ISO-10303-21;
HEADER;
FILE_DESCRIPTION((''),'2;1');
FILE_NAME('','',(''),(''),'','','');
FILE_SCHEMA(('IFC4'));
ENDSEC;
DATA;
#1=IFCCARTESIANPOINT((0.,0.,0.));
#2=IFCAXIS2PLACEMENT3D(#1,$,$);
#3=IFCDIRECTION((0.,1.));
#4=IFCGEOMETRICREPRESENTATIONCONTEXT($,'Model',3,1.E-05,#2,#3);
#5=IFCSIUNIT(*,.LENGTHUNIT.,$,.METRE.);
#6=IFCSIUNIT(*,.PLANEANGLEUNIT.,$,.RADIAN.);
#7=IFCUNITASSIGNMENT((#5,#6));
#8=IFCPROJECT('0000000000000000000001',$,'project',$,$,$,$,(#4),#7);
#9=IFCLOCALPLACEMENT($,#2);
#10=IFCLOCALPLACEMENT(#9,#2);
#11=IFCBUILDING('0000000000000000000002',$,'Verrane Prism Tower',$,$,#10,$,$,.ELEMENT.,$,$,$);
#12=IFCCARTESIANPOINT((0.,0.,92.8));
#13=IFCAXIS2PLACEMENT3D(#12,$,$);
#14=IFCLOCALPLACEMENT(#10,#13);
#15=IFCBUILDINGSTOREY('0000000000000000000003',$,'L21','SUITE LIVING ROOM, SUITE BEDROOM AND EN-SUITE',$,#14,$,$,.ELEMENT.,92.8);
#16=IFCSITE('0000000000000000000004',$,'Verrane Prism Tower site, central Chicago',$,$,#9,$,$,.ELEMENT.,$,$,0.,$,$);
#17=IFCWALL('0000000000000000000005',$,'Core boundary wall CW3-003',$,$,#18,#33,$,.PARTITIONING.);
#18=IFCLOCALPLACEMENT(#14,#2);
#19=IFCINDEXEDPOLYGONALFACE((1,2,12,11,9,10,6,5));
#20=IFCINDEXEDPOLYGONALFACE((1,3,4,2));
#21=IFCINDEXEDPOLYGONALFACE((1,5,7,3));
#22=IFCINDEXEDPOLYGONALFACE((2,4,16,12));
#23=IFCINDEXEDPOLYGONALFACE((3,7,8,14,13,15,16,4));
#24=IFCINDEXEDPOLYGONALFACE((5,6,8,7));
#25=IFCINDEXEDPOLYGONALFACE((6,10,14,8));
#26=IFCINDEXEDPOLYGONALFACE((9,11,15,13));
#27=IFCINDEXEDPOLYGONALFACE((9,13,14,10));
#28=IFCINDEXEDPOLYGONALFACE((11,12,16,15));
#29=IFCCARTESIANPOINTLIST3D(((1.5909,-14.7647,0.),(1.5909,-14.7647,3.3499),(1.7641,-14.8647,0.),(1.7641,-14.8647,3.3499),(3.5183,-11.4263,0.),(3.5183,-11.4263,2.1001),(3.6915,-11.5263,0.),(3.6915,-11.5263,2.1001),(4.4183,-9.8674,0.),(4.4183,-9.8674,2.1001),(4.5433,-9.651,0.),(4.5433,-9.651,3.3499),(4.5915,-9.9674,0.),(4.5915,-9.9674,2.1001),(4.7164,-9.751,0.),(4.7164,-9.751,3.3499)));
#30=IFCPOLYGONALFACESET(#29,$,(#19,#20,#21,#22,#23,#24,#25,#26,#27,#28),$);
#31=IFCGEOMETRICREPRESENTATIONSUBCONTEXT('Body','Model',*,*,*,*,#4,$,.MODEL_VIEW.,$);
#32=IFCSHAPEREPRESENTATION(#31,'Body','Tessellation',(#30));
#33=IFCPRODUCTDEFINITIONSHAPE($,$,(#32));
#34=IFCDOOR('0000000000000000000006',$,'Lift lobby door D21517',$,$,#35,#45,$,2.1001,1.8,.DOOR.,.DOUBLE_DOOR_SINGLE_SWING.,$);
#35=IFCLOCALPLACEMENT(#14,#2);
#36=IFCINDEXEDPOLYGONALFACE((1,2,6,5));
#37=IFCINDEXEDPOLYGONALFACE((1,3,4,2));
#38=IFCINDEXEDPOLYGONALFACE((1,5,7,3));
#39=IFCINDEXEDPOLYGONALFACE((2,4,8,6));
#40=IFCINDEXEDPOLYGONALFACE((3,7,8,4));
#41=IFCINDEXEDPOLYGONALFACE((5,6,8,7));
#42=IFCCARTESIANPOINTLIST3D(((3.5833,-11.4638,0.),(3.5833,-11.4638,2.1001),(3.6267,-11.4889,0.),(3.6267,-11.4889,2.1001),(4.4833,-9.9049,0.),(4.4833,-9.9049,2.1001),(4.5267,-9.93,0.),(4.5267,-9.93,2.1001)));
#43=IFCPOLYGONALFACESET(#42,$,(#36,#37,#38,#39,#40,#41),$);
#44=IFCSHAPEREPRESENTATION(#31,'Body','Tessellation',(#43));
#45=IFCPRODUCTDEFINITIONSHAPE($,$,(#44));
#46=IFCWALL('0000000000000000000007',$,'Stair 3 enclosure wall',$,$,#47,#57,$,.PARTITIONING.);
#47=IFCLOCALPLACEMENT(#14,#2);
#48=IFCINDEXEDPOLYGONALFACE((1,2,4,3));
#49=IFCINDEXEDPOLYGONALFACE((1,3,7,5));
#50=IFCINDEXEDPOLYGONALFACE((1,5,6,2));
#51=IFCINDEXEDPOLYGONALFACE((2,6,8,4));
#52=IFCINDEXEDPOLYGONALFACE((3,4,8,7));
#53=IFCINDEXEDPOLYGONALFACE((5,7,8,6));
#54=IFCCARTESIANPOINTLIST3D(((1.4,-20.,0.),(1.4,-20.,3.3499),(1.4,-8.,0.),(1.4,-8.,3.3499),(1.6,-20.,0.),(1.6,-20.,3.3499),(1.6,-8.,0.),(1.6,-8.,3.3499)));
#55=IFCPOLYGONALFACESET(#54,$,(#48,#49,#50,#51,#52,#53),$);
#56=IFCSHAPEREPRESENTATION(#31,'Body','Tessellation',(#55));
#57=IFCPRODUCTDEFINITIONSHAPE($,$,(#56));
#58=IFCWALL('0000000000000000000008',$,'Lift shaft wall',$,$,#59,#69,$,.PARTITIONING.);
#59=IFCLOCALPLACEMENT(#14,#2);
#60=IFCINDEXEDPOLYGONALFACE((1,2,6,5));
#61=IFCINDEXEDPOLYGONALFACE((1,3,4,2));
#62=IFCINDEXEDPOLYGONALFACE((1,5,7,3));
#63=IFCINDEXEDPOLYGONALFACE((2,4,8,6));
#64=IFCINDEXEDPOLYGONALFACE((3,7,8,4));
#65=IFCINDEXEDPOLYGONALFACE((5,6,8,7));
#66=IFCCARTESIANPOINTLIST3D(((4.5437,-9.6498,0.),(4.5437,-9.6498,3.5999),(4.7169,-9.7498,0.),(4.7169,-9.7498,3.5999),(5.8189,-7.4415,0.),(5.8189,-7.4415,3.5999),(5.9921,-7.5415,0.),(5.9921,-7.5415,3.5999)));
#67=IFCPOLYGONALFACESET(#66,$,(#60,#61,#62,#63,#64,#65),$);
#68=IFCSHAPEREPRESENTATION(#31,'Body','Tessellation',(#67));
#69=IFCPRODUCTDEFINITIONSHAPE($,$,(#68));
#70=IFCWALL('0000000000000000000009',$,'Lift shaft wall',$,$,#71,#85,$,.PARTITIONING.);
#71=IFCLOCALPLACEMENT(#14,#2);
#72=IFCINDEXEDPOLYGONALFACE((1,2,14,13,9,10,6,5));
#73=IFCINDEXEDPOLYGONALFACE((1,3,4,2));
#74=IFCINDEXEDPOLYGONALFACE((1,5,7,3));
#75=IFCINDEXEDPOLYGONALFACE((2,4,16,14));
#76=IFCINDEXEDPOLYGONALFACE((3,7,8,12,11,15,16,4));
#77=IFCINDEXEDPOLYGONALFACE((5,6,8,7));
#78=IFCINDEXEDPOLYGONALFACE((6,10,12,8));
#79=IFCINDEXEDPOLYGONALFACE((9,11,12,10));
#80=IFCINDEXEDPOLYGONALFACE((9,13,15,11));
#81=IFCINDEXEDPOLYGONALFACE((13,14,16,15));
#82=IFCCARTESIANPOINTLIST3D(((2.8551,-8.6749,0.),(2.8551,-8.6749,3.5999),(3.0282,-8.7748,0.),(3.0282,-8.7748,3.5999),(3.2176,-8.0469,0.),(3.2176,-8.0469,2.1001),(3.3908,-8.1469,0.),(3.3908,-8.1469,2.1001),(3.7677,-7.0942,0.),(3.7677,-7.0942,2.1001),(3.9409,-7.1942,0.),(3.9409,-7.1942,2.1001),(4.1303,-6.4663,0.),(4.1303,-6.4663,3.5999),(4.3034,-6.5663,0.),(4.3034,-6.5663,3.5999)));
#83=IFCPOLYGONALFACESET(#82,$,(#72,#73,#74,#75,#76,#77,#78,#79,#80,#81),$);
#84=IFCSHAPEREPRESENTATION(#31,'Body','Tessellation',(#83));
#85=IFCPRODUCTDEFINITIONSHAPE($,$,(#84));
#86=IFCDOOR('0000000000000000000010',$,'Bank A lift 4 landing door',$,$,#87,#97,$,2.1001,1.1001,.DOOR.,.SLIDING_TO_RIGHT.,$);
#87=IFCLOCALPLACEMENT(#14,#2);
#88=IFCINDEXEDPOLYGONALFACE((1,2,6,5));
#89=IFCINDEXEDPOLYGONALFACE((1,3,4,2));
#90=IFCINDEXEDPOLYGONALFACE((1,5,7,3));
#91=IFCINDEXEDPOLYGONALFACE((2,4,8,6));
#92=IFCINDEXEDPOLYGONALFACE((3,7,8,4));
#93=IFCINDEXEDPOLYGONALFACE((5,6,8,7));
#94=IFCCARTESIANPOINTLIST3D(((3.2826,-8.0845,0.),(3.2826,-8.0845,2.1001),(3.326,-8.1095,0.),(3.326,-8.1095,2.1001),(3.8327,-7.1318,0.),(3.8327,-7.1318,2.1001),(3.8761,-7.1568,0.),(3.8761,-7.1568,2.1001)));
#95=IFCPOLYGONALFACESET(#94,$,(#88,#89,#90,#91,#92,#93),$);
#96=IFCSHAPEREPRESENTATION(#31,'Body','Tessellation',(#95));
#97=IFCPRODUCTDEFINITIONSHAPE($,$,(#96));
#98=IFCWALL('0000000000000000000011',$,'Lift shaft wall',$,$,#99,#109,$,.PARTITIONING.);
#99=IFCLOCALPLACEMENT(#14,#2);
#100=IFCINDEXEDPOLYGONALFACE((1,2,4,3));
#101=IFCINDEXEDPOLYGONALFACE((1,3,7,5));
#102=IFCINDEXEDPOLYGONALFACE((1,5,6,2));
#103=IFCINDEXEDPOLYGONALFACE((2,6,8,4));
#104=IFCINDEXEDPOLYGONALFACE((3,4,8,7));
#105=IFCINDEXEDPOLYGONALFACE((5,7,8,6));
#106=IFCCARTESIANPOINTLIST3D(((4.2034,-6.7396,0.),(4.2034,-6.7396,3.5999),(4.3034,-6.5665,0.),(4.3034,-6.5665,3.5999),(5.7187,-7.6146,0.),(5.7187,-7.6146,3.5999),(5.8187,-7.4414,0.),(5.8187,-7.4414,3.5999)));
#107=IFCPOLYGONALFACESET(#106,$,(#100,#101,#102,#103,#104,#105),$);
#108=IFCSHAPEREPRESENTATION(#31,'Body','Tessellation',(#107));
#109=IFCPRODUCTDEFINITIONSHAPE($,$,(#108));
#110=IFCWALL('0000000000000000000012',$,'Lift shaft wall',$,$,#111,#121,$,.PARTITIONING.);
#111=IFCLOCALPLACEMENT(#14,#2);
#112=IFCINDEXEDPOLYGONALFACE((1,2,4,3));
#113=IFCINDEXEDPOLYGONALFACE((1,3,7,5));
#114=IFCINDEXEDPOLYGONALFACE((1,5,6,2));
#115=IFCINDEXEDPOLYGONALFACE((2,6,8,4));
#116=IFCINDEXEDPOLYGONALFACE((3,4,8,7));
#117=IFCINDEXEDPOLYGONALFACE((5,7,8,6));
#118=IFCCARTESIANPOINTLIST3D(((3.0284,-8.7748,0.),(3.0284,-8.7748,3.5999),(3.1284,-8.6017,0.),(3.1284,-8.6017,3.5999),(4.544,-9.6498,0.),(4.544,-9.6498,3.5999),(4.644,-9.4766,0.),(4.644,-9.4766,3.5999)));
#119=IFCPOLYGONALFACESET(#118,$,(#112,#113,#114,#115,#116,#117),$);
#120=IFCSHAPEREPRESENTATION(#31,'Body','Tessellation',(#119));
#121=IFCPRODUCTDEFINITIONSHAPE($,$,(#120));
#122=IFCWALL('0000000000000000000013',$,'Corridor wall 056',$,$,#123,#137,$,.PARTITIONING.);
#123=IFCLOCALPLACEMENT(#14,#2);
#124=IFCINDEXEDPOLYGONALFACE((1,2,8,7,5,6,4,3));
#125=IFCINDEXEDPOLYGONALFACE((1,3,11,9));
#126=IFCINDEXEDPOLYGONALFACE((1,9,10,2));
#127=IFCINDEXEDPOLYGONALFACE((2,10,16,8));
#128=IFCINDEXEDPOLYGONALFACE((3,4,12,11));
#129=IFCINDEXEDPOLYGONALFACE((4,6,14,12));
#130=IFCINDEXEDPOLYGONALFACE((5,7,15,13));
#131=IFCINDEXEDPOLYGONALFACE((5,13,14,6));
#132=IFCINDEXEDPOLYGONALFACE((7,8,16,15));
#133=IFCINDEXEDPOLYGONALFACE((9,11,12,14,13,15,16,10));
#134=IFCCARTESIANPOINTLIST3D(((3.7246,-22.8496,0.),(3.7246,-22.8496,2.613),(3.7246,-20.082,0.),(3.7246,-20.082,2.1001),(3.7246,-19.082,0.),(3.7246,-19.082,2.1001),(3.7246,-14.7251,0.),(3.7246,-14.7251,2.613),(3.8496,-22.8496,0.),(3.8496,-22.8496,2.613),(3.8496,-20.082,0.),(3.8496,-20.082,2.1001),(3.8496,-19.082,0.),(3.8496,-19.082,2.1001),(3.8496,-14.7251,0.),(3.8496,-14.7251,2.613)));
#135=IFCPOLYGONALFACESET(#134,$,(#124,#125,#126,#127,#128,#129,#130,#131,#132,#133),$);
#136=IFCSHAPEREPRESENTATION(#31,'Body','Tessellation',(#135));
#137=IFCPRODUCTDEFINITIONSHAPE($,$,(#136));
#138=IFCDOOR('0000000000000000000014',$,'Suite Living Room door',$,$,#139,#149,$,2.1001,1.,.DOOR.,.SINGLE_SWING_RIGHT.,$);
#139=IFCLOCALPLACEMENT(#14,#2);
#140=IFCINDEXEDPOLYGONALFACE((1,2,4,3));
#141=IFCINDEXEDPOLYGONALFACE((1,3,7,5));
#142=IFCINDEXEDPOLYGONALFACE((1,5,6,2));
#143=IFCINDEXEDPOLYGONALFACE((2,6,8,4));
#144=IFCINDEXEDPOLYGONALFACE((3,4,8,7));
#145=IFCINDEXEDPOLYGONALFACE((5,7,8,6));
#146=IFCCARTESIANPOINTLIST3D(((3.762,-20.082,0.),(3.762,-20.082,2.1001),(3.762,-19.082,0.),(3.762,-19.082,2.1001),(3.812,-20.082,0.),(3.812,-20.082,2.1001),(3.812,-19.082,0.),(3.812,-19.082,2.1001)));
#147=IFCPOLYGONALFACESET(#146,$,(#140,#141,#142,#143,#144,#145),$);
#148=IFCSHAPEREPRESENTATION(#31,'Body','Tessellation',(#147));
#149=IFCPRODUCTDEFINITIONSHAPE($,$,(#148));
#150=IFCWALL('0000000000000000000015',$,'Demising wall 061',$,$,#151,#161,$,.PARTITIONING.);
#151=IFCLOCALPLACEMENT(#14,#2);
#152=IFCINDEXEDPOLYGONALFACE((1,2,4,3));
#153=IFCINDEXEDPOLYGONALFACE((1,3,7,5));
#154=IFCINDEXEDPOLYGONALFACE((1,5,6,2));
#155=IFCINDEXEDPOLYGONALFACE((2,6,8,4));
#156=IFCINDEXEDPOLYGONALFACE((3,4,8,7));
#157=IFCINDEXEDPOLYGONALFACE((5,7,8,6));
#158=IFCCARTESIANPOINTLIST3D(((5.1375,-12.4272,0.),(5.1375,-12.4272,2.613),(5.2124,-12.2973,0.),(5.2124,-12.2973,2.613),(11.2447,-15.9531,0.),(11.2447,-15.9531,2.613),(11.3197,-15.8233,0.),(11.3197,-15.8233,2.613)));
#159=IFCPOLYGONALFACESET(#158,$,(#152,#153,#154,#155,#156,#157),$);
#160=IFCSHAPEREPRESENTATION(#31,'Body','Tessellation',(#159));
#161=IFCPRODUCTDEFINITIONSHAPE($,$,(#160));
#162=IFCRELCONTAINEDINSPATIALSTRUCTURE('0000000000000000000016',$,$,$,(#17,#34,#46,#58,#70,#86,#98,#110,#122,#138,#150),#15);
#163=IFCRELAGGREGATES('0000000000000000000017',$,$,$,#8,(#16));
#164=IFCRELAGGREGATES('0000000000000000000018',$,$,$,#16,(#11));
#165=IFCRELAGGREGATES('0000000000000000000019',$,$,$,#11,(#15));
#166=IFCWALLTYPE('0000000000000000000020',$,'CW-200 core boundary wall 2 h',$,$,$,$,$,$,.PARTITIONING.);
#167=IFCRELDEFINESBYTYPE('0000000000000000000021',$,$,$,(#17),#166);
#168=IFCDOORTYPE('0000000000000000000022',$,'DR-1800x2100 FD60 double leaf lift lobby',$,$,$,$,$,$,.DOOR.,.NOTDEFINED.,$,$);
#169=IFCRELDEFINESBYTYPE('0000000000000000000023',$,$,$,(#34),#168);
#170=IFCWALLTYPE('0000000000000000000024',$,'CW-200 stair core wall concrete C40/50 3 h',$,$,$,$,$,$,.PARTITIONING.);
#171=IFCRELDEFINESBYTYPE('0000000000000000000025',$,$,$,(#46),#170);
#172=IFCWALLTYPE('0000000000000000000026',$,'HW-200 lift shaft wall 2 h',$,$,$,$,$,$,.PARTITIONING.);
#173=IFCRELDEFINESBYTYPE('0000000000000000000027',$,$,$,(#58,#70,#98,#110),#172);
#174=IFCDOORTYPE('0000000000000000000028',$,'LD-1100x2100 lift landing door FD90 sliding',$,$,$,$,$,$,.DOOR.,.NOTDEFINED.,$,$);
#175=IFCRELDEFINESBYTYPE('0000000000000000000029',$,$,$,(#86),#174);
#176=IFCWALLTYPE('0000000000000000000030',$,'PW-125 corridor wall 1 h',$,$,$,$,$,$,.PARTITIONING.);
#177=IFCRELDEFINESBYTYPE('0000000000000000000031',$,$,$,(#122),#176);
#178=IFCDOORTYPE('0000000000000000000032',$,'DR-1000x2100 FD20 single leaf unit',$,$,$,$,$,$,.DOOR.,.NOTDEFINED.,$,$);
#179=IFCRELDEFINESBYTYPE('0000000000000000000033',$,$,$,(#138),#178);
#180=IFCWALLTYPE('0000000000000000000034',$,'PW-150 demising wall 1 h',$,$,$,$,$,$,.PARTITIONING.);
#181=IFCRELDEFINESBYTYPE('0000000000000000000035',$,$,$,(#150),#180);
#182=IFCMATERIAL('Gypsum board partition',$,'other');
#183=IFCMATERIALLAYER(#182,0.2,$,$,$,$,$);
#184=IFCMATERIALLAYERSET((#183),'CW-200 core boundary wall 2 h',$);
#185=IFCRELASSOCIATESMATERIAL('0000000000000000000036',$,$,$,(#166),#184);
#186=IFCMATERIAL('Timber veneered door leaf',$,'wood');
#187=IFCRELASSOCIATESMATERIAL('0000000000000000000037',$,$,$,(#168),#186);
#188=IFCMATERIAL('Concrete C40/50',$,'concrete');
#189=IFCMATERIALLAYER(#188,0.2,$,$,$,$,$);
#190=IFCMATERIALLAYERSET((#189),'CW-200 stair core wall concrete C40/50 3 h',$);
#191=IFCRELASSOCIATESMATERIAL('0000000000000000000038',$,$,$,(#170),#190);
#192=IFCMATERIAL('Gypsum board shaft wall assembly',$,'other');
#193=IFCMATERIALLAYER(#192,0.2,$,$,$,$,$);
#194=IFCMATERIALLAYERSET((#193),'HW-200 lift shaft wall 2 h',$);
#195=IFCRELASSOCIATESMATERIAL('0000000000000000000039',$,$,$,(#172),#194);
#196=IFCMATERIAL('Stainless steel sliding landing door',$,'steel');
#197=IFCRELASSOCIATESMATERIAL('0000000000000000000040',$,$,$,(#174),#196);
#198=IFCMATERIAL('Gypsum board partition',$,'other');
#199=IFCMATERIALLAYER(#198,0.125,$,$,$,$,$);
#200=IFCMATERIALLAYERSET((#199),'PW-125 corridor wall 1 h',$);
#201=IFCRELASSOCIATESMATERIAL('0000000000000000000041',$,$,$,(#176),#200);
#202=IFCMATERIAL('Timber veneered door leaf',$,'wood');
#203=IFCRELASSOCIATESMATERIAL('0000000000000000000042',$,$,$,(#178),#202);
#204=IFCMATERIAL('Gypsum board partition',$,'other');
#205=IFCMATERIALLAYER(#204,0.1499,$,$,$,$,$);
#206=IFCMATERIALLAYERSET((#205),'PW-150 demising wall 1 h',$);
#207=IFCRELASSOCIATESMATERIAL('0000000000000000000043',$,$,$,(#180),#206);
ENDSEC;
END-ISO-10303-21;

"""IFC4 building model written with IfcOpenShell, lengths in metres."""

from ifc_helpers import new_model, si_unit, direction, frame, frame_2d, origin, place, context, subcontext, project, spatial, rectangle, extrude, material, layer, layer_set, type_object, element, fill, save


model = new_model("IFC4")

# Units and contexts
model_context = context("Model", 3, precision=1e-05, world=origin(), true_north=direction((0.0, 1.0)))
body_context = subcontext(model_context, "Body", "Model", "MODEL_VIEW")
ifc_project = project(units=[si_unit("LENGTHUNIT", "METRE"), si_unit("PLANEANGLEUNIT", "RADIAN")], contexts=[model_context])

# Site, building, storey
site_placement = place(None, origin())
site = spatial("IfcSite", under=ifc_project, at=site_placement, Name="Verrane Prism Tower site, central Chicago", CompositionType="ELEMENT", RefElevation=0.0)
building_placement = place(site_placement, origin())
building = spatial("IfcBuilding", under=site, at=building_placement, Name="Verrane Prism Tower", CompositionType="ELEMENT")
storey_placement = place(building_placement, frame((0.0, 0.0, 92.8)))
storey = spatial("IfcBuildingStorey", under=building, at=storey_placement, Name="L21", Description="SUITE LIVING ROOM, SUITE BEDROOM AND EN-SUITE", CompositionType="ELEMENT", Elevation=92.8)

# Wall, opening, door
ifc_material_1 = material(Name="Gypsum board partition", Category="other")
ifc_layer_1 = layer(ifc_material_1, 0.2)
ifc_layer_set_1 = layer_set([ifc_layer_1], Name="CW-200 core boundary wall 2 h")
wall_type_1 = type_object("IfcWallType", Name="CW-200 core boundary wall 2 h", PredefinedType="PARTITIONING", material=ifc_layer_set_1)
wall_1_placement = place(storey_placement, frame((1.6775, -14.8147, 0.0), z_axis=(0.0, 0.0, 1.0), x_axis=(0.499994, 0.866029, 0.0)))
wall_1 = element("IfcWall", 1, at=wall_1_placement, inside=storey, type_object=wall_type_1, Name="Core boundary wall CW3-003", PredefinedType="PARTITIONING", context=body_context, shape_type="SweptSolid", body=[
    extrude(rectangle(XDim=5.9048, YDim=0.2, at=frame_2d((2.9524, 0.0))), origin(), (0.0, 0.0, 1.0), 3.3499),
])
opening_1_placement = place(wall_1_placement, frame((3.855, 0.0, 0.0)))
opening_1 = element("IfcOpeningElement", 2, at=opening_1_placement, cuts=wall_1, PredefinedType="OPENING", context=body_context, shape_type="SweptSolid", body=[
    extrude(rectangle(XDim=1.8, YDim=2.1001, at=frame_2d((0.8999, 1.05))), frame((0.0, 0.1099, 0.0), z_axis=(0.0, -1.0, 0.0), x_axis=(1.0, 0.0, 0.0)), (0.0, 0.0, 1.0), 0.22),
])
ifc_material_2 = material(Name="Timber veneered door leaf", Category="wood")
door_type_1 = type_object("IfcDoorType", Name="DR-1800x2100 FD60 double leaf lift lobby", OperationType="NOTDEFINED", PredefinedType="DOOR", material=ifc_material_2)
door_1_placement = place(opening_1_placement, origin())
door_1 = element("IfcDoor", 3, at=door_1_placement, inside=storey, type_object=door_type_1, Name="Lift lobby door D21517", OperationType="DOUBLE_DOOR_SINGLE_SWING", OverallHeight=2.1001, OverallWidth=1.8, PredefinedType="DOOR", context=body_context, shape_type="SweptSolid", body=[
    extrude(rectangle(XDim=1.8, YDim=2.1001, at=frame_2d((0.8999, 1.05))), frame((0.0, 0.0249, 0.0), z_axis=(0.0, -1.0, 0.0), x_axis=(1.0, 0.0, 0.0)), (0.0, 0.0, 1.0), 0.05),
])
fill(opening_1, door_1)

# Walls
ifc_material_3 = material(Name="Concrete C40/50", Category="concrete")
ifc_layer_2 = layer(ifc_material_3, 0.2)
ifc_layer_set_2 = layer_set([ifc_layer_2], Name="CW-200 stair core wall concrete C40/50 3 h")
wall_type_2 = type_object("IfcWallType", Name="CW-200 stair core wall concrete C40/50 3 h", PredefinedType="PARTITIONING", material=ifc_layer_set_2)
wall_2_placement = place(storey_placement, frame((1.5, -8.0, 0.0), z_axis=(0.0, 0.0, 1.0), x_axis=(0.0, -1.0, 0.0)))
element("IfcWall", 4, at=wall_2_placement, inside=storey, type_object=wall_type_2, Name="Stair 3 enclosure wall", PredefinedType="PARTITIONING", context=body_context, shape_type="SweptSolid", body=[
    extrude(rectangle(XDim=12.0, YDim=0.2, at=frame_2d((6.0, 0.0))), origin(), (0.0, 0.0, 1.0), 3.3499),
])
ifc_material_4 = material(Name="Gypsum board shaft wall assembly", Category="other")
ifc_layer_3 = layer(ifc_material_4, 0.2)
ifc_layer_set_3 = layer_set([ifc_layer_3], Name="HW-200 lift shaft wall 2 h")
wall_type_3 = type_object("IfcWallType", Name="HW-200 lift shaft wall 2 h", PredefinedType="PARTITIONING", material=ifc_layer_set_3)
wall_3_placement = place(storey_placement, frame((4.6304, -9.6997, 0.0), z_axis=(0.0, 0.0, 1.0), x_axis=(0.500062, 0.865989, 0.0)))
element("IfcWall", 5, at=wall_3_placement, inside=storey, type_object=wall_type_3, Name="Lift shaft wall", PredefinedType="PARTITIONING", context=body_context, shape_type="SweptSolid", body=[
    extrude(rectangle(XDim=2.55, YDim=0.2, at=frame_2d((1.2749, 0.0))), origin(), (0.0, 0.0, 1.0), 3.5999),
])

# Wall, opening, door
wall_4_placement = place(storey_placement, frame((2.9417, -8.7249, 0.0), z_axis=(0.0, 0.0, 1.0), x_axis=(0.500021, 0.866013, 0.0)))
wall_4 = element("IfcWall", 6, at=wall_4_placement, inside=storey, type_object=wall_type_3, Name="Lift shaft wall", PredefinedType="PARTITIONING", context=body_context, shape_type="SweptSolid", body=[
    extrude(rectangle(XDim=2.5503, YDim=0.2, at=frame_2d((1.2751, 0.0))), origin(), (0.0, 0.0, 1.0), 3.5999),
])
opening_2_placement = place(wall_4_placement, frame((0.7251, 0.0, 0.0)))
opening_2 = element("IfcOpeningElement", 7, at=opening_2_placement, cuts=wall_4, PredefinedType="OPENING", context=body_context, shape_type="SweptSolid", body=[
    extrude(rectangle(XDim=1.1001, YDim=2.1001, at=frame_2d((0.55, 1.05))), frame((0.0, 0.1099, 0.0), z_axis=(0.0, -1.0, 0.0), x_axis=(1.0, 0.0, 0.0)), (0.0, 0.0, 1.0), 0.22),
])
ifc_material_5 = material(Name="Stainless steel sliding landing door", Category="steel")
door_type_2 = type_object("IfcDoorType", Name="LD-1100x2100 lift landing door FD90 sliding", OperationType="NOTDEFINED", PredefinedType="DOOR", material=ifc_material_5)
door_2_placement = place(opening_2_placement, origin())
door_2 = element("IfcDoor", 8, at=door_2_placement, inside=storey, type_object=door_type_2, Name="Bank A lift 4 landing door", OperationType="SLIDING_TO_RIGHT", OverallHeight=2.1001, OverallWidth=1.1001, PredefinedType="DOOR", context=body_context, shape_type="SweptSolid", body=[
    extrude(rectangle(XDim=1.1001, YDim=2.1001, at=frame_2d((0.55, 1.05))), frame((0.0, 0.0249, 0.0), z_axis=(0.0, -1.0, 0.0), x_axis=(1.0, 0.0, 0.0)), (0.0, 0.0, 1.0), 0.05),
])
fill(opening_2, door_2)

# Walls
wall_5_placement = place(storey_placement, frame((5.7688, -7.5281, 0.0), z_axis=(0.0, 0.0, 1.0), x_axis=(-0.866002, 0.50004, 0.0)))
element("IfcWall", 9, at=wall_5_placement, inside=storey, type_object=wall_type_3, Name="Lift shaft wall", PredefinedType="PARTITIONING", context=body_context, shape_type="SweptSolid", body=[
    extrude(rectangle(XDim=1.7498, YDim=0.2, at=frame_2d((0.875, 0.0))), origin(), (0.0, 0.0, 1.0), 3.5999),
])
wall_6_placement = place(storey_placement, frame((4.594, -9.5632, 0.0), z_axis=(0.0, 0.0, 1.0), x_axis=(-0.866037, 0.49998, 0.0)))
element("IfcWall", 10, at=wall_6_placement, inside=storey, type_object=wall_type_3, Name="Lift shaft wall", PredefinedType="PARTITIONING", context=body_context, shape_type="SweptSolid", body=[
    extrude(rectangle(XDim=1.75, YDim=0.2, at=frame_2d((0.875, 0.0))), origin(), (0.0, 0.0, 1.0), 3.5999),
])

# Wall, opening, door
ifc_material_6 = material(Name="Gypsum board partition", Category="other")
ifc_layer_4 = layer(ifc_material_6, 0.125)
ifc_layer_set_4 = layer_set([ifc_layer_4], Name="PW-125 corridor wall 1 h")
wall_type_4 = type_object("IfcWallType", Name="PW-125 corridor wall 1 h", PredefinedType="PARTITIONING", material=ifc_layer_set_4)
wall_7_placement = place(storey_placement, frame((3.7871, -14.7251, 0.0), z_axis=(0.0, 0.0, 1.0), x_axis=(0.0, -1.0, 0.0)))
wall_7 = element("IfcWall", 11, at=wall_7_placement, inside=storey, type_object=wall_type_4, Name="Corridor wall 056", PredefinedType="PARTITIONING", context=body_context, shape_type="SweptSolid", body=[
    extrude(rectangle(XDim=8.1245, YDim=0.125, at=frame_2d((4.0623, 0.0))), origin(), (0.0, 0.0, 1.0), 2.613),
])
opening_3_placement = place(wall_7_placement, frame((4.3569, 0.0, 0.0)))
opening_3 = element("IfcOpeningElement", 12, at=opening_3_placement, cuts=wall_7, PredefinedType="OPENING", context=body_context, shape_type="SweptSolid", body=[
    extrude(rectangle(XDim=1.0, YDim=2.1001, at=frame_2d((0.5, 1.05))), frame((0.0, 0.0725, 0.0), z_axis=(0.0, -1.0, 0.0), x_axis=(1.0, 0.0, 0.0)), (0.0, 0.0, 1.0), 0.145),
])
ifc_material_7 = material(Name="Timber veneered door leaf", Category="wood")
door_type_3 = type_object("IfcDoorType", Name="DR-1000x2100 FD20 single leaf unit", OperationType="NOTDEFINED", PredefinedType="DOOR", material=ifc_material_7)
door_3_placement = place(opening_3_placement, origin())
door_3 = element("IfcDoor", 13, at=door_3_placement, inside=storey, type_object=door_type_3, Name="Suite Living Room door", OperationType="SINGLE_SWING_RIGHT", OverallHeight=2.1001, OverallWidth=1.0, PredefinedType="DOOR", context=body_context, shape_type="SweptSolid", body=[
    extrude(rectangle(XDim=1.0, YDim=2.1001, at=frame_2d((0.5, 1.05))), frame((0.0, 0.0249, 0.0), z_axis=(0.0, -1.0, 0.0), x_axis=(1.0, 0.0, 0.0)), (0.0, 0.0, 1.0), 0.05),
])
fill(opening_3, door_3)

# Wall
ifc_material_8 = material(Name="Gypsum board partition", Category="other")
ifc_layer_5 = layer(ifc_material_8, 0.1499)
ifc_layer_set_5 = layer_set([ifc_layer_5], Name="PW-150 demising wall 1 h")
wall_type_5 = type_object("IfcWallType", Name="PW-150 demising wall 1 h", PredefinedType="PARTITIONING", material=ifc_layer_set_5)
wall_8_placement = place(storey_placement, frame((5.175, -12.3623, 0.0), z_axis=(0.0, 0.0, 1.0), x_axis=(0.866032, -0.499989, 0.0)))
element("IfcWall", 14, at=wall_8_placement, inside=storey, type_object=wall_type_5, Name="Demising wall 061", PredefinedType="PARTITIONING", context=body_context, shape_type="SweptSolid", body=[
    extrude(rectangle(XDim=7.052, YDim=0.1499, at=frame_2d((3.5259, 0.0))), origin(), (0.0, 0.0, 1.0), 2.613),
])

save(model, "model.ifc")
